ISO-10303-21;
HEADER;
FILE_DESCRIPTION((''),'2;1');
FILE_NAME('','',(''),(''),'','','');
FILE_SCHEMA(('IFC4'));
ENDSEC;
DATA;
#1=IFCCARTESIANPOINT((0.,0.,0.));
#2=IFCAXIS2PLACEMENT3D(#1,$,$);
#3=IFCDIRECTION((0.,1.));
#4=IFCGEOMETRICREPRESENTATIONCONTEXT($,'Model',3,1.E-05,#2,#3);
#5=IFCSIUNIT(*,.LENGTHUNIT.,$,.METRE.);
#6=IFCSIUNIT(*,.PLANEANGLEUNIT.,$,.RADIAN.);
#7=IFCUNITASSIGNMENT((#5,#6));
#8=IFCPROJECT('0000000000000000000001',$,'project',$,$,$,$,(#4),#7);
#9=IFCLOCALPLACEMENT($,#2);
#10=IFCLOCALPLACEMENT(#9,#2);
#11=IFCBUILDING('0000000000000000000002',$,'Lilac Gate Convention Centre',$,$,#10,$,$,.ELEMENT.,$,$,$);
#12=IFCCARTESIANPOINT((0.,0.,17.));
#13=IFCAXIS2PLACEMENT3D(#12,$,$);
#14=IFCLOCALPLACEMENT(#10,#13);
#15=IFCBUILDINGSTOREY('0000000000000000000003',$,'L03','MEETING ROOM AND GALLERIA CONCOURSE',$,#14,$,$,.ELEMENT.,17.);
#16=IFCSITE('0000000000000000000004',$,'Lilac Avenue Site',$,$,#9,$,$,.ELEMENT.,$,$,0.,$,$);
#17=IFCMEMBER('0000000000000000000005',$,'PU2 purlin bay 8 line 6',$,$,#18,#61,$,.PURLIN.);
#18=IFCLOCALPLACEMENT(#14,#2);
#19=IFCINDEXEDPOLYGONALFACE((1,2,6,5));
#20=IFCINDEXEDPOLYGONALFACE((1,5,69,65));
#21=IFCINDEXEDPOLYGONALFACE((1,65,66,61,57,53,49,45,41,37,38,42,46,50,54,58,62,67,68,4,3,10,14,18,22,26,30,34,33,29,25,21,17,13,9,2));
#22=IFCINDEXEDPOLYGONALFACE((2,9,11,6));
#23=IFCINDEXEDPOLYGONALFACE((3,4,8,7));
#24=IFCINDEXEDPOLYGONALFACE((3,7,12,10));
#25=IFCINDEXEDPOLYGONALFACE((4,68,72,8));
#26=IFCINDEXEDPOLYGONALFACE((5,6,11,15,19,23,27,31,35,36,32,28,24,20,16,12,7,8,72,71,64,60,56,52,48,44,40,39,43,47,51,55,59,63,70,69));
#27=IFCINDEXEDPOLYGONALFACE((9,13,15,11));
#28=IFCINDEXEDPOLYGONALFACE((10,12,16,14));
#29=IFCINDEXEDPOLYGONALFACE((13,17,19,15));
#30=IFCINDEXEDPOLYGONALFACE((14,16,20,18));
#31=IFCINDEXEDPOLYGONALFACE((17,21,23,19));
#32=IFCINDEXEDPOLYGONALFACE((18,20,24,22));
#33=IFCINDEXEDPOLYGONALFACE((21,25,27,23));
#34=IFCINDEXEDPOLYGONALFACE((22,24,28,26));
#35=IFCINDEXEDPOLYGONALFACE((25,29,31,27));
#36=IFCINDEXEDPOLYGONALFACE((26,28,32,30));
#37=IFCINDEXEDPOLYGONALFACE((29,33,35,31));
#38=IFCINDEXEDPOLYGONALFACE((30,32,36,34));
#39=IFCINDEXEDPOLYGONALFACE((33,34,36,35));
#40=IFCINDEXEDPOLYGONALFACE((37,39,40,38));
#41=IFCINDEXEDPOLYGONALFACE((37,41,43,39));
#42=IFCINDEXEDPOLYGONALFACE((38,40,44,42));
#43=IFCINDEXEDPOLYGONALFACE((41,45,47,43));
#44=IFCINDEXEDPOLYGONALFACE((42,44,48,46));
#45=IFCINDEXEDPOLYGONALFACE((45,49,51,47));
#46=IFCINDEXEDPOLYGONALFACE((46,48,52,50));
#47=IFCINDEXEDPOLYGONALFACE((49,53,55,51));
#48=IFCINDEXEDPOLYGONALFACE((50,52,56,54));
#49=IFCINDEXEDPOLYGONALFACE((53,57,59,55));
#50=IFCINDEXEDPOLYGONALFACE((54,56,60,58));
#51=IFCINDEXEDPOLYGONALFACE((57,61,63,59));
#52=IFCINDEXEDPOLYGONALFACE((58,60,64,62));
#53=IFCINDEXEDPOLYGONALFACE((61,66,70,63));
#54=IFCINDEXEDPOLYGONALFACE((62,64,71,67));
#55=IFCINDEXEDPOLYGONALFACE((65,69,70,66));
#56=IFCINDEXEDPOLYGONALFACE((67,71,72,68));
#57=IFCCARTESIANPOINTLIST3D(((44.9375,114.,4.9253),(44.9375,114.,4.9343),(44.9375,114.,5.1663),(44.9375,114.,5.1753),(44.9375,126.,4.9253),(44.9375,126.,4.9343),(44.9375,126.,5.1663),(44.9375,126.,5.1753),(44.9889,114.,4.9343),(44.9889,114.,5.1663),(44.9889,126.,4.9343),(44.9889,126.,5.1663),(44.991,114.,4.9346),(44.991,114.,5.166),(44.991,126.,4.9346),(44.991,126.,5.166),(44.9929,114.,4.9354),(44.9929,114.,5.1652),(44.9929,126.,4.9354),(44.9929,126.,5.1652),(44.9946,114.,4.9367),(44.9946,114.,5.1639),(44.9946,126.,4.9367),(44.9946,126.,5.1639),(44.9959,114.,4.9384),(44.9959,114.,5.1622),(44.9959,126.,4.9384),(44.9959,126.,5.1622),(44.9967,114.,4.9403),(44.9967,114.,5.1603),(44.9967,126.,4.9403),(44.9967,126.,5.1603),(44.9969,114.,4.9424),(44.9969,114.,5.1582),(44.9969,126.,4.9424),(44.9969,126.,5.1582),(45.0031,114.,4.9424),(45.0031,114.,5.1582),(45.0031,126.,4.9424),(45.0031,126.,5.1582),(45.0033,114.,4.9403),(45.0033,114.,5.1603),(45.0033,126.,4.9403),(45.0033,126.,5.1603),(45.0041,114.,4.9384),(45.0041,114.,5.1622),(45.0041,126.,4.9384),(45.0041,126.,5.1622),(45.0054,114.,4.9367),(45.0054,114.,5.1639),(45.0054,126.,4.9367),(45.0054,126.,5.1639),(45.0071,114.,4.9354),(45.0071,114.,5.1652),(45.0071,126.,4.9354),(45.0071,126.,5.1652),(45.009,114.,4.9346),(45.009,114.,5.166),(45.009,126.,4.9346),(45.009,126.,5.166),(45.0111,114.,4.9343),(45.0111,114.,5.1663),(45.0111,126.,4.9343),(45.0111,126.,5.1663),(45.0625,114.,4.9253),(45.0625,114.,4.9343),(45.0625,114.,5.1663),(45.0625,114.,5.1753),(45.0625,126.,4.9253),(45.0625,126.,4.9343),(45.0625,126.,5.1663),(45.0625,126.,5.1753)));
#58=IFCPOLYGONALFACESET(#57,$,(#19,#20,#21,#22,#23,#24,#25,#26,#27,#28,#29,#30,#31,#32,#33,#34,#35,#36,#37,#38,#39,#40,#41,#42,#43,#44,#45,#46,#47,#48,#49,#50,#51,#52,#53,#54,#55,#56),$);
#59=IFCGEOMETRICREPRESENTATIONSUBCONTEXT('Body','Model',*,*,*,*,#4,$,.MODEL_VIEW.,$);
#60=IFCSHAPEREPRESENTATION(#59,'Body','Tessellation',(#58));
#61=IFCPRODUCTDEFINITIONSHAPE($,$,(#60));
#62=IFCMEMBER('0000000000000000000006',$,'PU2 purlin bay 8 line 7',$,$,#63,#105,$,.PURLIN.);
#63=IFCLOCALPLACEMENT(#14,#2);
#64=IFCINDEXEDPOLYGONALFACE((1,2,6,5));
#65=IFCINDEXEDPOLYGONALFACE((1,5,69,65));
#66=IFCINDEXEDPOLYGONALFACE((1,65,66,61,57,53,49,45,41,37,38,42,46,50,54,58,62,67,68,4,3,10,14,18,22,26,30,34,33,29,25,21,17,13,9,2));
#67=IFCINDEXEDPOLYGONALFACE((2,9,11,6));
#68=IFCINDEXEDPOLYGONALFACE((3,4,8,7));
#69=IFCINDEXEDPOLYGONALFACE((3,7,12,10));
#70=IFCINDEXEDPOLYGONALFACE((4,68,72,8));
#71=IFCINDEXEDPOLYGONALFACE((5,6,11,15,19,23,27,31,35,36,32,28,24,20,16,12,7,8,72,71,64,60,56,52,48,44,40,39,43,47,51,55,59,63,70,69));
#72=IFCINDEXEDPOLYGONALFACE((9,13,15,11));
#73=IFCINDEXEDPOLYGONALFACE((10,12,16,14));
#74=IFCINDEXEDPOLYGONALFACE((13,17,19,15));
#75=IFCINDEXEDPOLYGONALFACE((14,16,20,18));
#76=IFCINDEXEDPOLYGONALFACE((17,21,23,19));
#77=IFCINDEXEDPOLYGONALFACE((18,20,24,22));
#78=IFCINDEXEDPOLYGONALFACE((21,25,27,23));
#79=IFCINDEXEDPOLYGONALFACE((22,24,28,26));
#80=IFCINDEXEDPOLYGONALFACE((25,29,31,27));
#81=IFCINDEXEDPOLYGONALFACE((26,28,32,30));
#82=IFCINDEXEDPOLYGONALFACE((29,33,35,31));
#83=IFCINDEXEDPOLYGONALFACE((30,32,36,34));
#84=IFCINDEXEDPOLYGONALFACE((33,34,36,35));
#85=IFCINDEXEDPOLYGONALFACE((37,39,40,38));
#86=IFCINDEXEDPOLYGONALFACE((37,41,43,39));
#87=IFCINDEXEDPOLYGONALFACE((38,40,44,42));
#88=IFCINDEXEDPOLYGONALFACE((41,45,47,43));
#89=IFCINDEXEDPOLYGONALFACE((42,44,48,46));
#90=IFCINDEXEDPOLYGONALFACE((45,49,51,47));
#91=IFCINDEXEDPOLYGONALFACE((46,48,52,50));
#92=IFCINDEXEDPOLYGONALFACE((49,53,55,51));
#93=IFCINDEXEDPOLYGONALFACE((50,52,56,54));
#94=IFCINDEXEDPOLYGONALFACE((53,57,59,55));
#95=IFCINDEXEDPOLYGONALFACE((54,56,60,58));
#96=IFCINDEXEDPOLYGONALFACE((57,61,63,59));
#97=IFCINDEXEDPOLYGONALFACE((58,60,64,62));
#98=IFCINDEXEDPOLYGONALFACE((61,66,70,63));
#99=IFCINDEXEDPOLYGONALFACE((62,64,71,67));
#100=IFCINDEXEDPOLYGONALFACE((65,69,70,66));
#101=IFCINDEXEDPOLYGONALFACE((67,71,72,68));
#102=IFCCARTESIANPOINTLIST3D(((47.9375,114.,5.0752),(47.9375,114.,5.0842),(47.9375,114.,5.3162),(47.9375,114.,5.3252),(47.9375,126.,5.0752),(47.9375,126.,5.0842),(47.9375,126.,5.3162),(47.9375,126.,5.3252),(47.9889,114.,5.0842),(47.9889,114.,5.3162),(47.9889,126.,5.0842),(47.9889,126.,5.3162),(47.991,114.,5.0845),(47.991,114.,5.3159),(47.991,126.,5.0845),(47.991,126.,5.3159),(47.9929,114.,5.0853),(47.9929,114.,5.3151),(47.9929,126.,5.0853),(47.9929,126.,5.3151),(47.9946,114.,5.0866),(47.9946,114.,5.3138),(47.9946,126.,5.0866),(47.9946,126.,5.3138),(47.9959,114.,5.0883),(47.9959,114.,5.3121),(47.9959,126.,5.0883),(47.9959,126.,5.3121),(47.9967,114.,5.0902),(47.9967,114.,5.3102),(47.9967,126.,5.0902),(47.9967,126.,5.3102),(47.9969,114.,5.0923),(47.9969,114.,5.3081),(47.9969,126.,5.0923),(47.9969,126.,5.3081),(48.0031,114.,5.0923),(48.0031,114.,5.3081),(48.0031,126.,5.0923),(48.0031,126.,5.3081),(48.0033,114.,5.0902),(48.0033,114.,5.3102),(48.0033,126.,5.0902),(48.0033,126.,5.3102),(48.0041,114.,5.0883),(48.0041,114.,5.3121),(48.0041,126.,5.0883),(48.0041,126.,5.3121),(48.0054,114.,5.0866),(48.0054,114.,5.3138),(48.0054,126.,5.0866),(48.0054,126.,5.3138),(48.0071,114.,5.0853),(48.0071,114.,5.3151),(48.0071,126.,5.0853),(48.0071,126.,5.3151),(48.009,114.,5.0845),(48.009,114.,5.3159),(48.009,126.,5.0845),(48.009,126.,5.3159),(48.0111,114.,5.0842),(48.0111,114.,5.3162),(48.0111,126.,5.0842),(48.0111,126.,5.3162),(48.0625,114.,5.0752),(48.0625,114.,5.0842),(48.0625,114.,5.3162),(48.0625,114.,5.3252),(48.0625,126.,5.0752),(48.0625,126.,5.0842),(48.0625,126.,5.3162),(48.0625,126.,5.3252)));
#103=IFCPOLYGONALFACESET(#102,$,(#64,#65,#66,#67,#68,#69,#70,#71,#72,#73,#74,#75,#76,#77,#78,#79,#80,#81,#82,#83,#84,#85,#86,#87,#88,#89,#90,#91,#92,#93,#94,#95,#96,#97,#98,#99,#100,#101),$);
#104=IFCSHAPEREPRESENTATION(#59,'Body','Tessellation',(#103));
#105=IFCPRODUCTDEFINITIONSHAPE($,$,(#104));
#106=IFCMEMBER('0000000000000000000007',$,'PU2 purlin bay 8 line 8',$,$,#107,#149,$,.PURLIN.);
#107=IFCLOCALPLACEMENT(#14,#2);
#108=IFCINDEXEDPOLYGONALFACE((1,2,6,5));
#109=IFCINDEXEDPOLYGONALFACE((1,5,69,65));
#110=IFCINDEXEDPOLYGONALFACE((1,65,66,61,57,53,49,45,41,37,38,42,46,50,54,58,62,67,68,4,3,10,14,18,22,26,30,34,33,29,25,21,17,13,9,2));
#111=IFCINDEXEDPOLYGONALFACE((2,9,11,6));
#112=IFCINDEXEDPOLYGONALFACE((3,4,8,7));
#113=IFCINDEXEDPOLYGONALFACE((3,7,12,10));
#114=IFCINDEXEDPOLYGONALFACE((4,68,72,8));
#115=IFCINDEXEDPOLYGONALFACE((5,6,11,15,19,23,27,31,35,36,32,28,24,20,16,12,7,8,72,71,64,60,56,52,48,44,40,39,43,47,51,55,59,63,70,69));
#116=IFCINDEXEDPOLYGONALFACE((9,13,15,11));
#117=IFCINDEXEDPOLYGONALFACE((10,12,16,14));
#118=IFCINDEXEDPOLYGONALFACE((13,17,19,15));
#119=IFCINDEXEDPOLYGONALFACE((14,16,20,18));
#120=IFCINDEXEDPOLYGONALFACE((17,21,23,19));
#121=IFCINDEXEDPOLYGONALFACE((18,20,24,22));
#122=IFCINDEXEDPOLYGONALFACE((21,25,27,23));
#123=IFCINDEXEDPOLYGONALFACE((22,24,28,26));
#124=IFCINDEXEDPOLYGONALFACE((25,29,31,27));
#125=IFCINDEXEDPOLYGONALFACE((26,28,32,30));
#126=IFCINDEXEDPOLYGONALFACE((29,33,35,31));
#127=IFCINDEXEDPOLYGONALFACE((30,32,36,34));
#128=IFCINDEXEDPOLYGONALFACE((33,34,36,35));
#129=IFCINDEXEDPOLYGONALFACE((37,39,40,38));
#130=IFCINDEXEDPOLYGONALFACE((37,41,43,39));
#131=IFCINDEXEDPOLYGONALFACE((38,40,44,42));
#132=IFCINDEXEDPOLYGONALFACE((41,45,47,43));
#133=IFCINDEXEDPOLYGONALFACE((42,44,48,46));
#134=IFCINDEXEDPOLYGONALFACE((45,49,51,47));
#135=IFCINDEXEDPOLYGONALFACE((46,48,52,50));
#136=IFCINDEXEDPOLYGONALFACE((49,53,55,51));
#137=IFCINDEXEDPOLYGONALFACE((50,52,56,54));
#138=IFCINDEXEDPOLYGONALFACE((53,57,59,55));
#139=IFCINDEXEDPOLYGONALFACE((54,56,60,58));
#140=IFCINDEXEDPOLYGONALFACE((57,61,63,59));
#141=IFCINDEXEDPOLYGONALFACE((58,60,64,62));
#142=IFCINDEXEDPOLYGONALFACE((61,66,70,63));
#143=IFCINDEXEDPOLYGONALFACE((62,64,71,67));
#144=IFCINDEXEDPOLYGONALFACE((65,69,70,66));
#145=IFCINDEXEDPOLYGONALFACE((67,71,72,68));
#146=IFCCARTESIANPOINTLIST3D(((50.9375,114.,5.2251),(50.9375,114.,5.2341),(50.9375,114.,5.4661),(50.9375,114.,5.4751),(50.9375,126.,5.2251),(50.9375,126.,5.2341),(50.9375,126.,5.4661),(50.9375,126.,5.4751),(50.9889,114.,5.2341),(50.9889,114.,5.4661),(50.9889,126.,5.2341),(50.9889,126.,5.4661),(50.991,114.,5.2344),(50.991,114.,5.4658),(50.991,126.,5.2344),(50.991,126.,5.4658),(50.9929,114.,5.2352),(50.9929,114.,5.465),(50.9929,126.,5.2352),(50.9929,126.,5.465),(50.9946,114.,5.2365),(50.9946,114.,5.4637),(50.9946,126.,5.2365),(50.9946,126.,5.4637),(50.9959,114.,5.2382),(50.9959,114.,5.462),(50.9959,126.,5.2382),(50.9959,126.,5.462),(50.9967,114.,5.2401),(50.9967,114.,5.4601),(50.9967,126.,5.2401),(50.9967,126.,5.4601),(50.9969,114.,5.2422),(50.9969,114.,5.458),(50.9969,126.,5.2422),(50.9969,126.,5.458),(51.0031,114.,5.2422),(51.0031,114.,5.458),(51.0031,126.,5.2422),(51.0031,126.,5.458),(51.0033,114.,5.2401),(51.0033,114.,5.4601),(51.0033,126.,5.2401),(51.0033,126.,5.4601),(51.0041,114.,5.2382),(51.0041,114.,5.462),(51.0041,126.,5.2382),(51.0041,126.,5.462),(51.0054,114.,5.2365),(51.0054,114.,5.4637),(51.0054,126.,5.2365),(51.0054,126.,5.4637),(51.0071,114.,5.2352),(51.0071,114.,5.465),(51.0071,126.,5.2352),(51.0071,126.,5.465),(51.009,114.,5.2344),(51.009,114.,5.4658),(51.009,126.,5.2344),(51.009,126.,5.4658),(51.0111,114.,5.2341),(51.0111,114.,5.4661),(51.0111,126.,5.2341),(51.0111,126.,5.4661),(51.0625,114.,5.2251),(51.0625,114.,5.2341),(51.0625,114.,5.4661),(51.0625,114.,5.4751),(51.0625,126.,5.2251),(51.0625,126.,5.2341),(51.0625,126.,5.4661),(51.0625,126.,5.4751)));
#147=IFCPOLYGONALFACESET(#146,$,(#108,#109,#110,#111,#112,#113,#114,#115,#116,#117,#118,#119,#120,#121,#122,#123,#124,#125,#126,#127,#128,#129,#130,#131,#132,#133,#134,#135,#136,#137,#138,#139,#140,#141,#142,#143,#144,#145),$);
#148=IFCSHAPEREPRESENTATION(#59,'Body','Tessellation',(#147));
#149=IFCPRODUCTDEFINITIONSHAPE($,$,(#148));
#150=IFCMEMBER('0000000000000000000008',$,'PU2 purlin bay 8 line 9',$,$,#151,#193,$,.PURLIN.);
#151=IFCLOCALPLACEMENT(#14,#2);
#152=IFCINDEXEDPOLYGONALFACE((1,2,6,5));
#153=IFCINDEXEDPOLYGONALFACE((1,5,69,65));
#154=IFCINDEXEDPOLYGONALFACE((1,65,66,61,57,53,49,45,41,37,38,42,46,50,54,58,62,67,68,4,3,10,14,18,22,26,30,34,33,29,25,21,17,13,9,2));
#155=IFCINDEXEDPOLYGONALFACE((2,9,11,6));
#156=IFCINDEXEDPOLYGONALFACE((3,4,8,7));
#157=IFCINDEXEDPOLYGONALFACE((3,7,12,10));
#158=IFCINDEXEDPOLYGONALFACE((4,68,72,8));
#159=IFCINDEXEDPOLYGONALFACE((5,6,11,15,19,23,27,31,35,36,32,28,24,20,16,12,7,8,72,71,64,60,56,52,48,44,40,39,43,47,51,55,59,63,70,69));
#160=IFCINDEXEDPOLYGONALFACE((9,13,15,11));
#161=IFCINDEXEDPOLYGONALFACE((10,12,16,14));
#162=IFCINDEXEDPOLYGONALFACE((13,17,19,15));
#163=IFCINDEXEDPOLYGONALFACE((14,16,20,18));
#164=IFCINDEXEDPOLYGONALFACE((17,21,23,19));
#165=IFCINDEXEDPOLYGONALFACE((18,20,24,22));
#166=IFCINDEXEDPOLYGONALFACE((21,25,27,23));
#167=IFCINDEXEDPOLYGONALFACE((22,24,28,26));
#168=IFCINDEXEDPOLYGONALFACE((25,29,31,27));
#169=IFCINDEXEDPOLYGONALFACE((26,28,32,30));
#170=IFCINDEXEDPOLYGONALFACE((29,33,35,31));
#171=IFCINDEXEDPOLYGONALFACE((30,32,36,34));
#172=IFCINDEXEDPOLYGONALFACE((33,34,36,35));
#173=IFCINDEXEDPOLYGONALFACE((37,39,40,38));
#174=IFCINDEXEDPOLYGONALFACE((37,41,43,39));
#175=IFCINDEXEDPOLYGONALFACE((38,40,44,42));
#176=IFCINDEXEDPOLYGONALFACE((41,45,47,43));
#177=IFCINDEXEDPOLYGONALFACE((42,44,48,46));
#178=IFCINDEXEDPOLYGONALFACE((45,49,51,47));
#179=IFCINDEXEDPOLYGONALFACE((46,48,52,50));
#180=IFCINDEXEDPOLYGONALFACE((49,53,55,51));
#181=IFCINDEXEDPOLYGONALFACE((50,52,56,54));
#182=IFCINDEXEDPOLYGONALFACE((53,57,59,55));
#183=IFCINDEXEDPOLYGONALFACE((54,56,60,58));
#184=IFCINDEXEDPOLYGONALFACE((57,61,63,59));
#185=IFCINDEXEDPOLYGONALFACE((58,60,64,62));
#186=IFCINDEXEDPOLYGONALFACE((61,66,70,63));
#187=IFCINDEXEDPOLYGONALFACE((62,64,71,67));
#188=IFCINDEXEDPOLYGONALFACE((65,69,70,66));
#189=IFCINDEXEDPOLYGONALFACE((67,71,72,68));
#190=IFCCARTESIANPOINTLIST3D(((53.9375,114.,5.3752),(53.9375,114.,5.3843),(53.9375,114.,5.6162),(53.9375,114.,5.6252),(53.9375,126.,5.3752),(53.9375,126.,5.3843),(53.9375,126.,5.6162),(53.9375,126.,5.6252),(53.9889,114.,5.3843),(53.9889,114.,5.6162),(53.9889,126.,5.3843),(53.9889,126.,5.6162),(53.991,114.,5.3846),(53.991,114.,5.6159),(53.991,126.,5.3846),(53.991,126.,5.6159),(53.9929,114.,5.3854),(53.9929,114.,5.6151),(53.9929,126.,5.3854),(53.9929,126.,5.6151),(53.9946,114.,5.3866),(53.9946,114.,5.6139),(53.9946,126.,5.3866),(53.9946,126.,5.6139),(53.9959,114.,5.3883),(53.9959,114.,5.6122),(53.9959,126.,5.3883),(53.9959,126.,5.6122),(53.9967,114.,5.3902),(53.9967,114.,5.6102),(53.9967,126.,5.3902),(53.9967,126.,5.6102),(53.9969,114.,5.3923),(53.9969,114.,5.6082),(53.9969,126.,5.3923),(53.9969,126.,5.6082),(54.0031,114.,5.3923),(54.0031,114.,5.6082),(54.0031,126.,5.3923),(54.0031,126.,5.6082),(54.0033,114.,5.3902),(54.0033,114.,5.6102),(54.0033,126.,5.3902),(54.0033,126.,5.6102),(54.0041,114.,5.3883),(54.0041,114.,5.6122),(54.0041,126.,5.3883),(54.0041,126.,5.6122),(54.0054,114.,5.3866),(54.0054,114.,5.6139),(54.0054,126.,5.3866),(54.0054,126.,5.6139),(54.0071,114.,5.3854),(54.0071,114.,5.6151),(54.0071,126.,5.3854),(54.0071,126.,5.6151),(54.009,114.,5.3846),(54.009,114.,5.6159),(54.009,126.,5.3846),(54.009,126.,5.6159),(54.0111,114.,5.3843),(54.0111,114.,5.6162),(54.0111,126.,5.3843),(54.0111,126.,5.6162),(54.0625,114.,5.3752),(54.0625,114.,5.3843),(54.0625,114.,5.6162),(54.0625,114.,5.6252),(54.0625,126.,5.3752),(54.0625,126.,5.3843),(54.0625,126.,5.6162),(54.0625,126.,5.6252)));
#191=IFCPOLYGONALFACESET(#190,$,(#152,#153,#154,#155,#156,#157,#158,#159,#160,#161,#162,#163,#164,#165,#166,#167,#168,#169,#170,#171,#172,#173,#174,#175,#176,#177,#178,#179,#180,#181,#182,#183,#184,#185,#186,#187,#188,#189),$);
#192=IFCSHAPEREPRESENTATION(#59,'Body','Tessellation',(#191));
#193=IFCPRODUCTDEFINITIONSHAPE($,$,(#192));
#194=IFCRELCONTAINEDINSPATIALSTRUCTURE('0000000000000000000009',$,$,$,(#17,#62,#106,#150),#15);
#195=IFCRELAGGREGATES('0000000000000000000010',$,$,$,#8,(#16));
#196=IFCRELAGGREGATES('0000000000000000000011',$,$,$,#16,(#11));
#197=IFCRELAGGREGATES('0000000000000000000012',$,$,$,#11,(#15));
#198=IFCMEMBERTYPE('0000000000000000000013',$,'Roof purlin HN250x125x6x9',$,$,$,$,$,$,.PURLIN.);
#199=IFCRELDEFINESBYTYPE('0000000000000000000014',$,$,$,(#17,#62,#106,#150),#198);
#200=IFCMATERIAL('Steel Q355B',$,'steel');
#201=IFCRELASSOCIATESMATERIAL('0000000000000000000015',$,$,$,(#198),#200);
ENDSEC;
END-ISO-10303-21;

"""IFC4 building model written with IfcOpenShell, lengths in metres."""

from ifc_helpers import new_model, si_unit, direction, frame, origin, origin_2d, place, context, subcontext, project, spatial, i_section, extrude, material, material_profile, profile_set, type_object, element, save


model = new_model("IFC4")

# Units and contexts
model_context = context("Model", 3, precision=1e-05, world=origin(), true_north=direction((0.0, 1.0)))
body_context = subcontext(model_context, "Body", "Model", "MODEL_VIEW")
ifc_project = project(units=[si_unit("LENGTHUNIT", "METRE"), si_unit("PLANEANGLEUNIT", "RADIAN")], contexts=[model_context])

# Site, building, storey
site_placement = place(None, origin())
site = spatial("IfcSite", under=ifc_project, at=site_placement, Name="Lilac Avenue Site", CompositionType="ELEMENT", RefElevation=0.0)
building_placement = place(site_placement, origin())
building = spatial("IfcBuilding", under=site, at=building_placement, Name="Lilac Gate Convention Centre", CompositionType="ELEMENT")
storey_placement = place(building_placement, frame((0.0, 0.0, 17.0)))
storey = spatial("IfcBuildingStorey", under=building, at=storey_placement, Name="L03", Description="MEETING ROOM AND GALLERIA CONCOURSE", CompositionType="ELEMENT", Elevation=17.0)

# Members
ifc_material = material(Name="Steel Q355B", Category="steel")
ifc_material_profile_1 = material_profile(ifc_material, i_section(OverallWidth=0.125, OverallDepth=0.25, WebThickness=0.0061, FlangeThickness=0.009, FilletRadius=0.0081, at=origin_2d()), Name="HN250x125x6x9")
ifc_profile_set_1 = profile_set([ifc_material_profile_1], Name="Steel Q355B")
member_type_1 = type_object("IfcMemberType", Name="Roof purlin HN250x125x6x9", PredefinedType="PURLIN", material=ifc_profile_set_1)
for number, where, z_axis, x_axis, name in (
    (1, (45.0, 114.0, 5.0503), (0.0, 1.0, 0.0), (-1.0, 0.0, 0.0), "PU2 purlin bay 8 line 6"),
    (2, (48.0, 114.0, 5.2002), (0.0, 1.0, 0.0), (-1.0, 0.0, 0.0), "PU2 purlin bay 8 line 7"),
    (3, (51.0, 114.0, 5.3501), (0.0, 1.0, 0.0), (-1.0, 0.0, 0.0), "PU2 purlin bay 8 line 8"),
    (4, (54.0, 114.0, 5.5002), (0.0, 1.0, 0.0), (-1.0, 0.0, 0.0), "PU2 purlin bay 8 line 9"),
):
    element("IfcMember", number, at=place(storey_placement, frame(where, z_axis=z_axis, x_axis=x_axis)), inside=storey, type_object=member_type_1, Name=name, PredefinedType="PURLIN", context=body_context, shape_type="SweptSolid", body=[
        extrude(i_section(OverallWidth=0.125, OverallDepth=0.25, WebThickness=0.0061, FlangeThickness=0.009, FilletRadius=0.0081, at=origin_2d()), origin(), (0.0, 0.0, 1.0), 12.0),
    ])

save(model, "model.ifc")
